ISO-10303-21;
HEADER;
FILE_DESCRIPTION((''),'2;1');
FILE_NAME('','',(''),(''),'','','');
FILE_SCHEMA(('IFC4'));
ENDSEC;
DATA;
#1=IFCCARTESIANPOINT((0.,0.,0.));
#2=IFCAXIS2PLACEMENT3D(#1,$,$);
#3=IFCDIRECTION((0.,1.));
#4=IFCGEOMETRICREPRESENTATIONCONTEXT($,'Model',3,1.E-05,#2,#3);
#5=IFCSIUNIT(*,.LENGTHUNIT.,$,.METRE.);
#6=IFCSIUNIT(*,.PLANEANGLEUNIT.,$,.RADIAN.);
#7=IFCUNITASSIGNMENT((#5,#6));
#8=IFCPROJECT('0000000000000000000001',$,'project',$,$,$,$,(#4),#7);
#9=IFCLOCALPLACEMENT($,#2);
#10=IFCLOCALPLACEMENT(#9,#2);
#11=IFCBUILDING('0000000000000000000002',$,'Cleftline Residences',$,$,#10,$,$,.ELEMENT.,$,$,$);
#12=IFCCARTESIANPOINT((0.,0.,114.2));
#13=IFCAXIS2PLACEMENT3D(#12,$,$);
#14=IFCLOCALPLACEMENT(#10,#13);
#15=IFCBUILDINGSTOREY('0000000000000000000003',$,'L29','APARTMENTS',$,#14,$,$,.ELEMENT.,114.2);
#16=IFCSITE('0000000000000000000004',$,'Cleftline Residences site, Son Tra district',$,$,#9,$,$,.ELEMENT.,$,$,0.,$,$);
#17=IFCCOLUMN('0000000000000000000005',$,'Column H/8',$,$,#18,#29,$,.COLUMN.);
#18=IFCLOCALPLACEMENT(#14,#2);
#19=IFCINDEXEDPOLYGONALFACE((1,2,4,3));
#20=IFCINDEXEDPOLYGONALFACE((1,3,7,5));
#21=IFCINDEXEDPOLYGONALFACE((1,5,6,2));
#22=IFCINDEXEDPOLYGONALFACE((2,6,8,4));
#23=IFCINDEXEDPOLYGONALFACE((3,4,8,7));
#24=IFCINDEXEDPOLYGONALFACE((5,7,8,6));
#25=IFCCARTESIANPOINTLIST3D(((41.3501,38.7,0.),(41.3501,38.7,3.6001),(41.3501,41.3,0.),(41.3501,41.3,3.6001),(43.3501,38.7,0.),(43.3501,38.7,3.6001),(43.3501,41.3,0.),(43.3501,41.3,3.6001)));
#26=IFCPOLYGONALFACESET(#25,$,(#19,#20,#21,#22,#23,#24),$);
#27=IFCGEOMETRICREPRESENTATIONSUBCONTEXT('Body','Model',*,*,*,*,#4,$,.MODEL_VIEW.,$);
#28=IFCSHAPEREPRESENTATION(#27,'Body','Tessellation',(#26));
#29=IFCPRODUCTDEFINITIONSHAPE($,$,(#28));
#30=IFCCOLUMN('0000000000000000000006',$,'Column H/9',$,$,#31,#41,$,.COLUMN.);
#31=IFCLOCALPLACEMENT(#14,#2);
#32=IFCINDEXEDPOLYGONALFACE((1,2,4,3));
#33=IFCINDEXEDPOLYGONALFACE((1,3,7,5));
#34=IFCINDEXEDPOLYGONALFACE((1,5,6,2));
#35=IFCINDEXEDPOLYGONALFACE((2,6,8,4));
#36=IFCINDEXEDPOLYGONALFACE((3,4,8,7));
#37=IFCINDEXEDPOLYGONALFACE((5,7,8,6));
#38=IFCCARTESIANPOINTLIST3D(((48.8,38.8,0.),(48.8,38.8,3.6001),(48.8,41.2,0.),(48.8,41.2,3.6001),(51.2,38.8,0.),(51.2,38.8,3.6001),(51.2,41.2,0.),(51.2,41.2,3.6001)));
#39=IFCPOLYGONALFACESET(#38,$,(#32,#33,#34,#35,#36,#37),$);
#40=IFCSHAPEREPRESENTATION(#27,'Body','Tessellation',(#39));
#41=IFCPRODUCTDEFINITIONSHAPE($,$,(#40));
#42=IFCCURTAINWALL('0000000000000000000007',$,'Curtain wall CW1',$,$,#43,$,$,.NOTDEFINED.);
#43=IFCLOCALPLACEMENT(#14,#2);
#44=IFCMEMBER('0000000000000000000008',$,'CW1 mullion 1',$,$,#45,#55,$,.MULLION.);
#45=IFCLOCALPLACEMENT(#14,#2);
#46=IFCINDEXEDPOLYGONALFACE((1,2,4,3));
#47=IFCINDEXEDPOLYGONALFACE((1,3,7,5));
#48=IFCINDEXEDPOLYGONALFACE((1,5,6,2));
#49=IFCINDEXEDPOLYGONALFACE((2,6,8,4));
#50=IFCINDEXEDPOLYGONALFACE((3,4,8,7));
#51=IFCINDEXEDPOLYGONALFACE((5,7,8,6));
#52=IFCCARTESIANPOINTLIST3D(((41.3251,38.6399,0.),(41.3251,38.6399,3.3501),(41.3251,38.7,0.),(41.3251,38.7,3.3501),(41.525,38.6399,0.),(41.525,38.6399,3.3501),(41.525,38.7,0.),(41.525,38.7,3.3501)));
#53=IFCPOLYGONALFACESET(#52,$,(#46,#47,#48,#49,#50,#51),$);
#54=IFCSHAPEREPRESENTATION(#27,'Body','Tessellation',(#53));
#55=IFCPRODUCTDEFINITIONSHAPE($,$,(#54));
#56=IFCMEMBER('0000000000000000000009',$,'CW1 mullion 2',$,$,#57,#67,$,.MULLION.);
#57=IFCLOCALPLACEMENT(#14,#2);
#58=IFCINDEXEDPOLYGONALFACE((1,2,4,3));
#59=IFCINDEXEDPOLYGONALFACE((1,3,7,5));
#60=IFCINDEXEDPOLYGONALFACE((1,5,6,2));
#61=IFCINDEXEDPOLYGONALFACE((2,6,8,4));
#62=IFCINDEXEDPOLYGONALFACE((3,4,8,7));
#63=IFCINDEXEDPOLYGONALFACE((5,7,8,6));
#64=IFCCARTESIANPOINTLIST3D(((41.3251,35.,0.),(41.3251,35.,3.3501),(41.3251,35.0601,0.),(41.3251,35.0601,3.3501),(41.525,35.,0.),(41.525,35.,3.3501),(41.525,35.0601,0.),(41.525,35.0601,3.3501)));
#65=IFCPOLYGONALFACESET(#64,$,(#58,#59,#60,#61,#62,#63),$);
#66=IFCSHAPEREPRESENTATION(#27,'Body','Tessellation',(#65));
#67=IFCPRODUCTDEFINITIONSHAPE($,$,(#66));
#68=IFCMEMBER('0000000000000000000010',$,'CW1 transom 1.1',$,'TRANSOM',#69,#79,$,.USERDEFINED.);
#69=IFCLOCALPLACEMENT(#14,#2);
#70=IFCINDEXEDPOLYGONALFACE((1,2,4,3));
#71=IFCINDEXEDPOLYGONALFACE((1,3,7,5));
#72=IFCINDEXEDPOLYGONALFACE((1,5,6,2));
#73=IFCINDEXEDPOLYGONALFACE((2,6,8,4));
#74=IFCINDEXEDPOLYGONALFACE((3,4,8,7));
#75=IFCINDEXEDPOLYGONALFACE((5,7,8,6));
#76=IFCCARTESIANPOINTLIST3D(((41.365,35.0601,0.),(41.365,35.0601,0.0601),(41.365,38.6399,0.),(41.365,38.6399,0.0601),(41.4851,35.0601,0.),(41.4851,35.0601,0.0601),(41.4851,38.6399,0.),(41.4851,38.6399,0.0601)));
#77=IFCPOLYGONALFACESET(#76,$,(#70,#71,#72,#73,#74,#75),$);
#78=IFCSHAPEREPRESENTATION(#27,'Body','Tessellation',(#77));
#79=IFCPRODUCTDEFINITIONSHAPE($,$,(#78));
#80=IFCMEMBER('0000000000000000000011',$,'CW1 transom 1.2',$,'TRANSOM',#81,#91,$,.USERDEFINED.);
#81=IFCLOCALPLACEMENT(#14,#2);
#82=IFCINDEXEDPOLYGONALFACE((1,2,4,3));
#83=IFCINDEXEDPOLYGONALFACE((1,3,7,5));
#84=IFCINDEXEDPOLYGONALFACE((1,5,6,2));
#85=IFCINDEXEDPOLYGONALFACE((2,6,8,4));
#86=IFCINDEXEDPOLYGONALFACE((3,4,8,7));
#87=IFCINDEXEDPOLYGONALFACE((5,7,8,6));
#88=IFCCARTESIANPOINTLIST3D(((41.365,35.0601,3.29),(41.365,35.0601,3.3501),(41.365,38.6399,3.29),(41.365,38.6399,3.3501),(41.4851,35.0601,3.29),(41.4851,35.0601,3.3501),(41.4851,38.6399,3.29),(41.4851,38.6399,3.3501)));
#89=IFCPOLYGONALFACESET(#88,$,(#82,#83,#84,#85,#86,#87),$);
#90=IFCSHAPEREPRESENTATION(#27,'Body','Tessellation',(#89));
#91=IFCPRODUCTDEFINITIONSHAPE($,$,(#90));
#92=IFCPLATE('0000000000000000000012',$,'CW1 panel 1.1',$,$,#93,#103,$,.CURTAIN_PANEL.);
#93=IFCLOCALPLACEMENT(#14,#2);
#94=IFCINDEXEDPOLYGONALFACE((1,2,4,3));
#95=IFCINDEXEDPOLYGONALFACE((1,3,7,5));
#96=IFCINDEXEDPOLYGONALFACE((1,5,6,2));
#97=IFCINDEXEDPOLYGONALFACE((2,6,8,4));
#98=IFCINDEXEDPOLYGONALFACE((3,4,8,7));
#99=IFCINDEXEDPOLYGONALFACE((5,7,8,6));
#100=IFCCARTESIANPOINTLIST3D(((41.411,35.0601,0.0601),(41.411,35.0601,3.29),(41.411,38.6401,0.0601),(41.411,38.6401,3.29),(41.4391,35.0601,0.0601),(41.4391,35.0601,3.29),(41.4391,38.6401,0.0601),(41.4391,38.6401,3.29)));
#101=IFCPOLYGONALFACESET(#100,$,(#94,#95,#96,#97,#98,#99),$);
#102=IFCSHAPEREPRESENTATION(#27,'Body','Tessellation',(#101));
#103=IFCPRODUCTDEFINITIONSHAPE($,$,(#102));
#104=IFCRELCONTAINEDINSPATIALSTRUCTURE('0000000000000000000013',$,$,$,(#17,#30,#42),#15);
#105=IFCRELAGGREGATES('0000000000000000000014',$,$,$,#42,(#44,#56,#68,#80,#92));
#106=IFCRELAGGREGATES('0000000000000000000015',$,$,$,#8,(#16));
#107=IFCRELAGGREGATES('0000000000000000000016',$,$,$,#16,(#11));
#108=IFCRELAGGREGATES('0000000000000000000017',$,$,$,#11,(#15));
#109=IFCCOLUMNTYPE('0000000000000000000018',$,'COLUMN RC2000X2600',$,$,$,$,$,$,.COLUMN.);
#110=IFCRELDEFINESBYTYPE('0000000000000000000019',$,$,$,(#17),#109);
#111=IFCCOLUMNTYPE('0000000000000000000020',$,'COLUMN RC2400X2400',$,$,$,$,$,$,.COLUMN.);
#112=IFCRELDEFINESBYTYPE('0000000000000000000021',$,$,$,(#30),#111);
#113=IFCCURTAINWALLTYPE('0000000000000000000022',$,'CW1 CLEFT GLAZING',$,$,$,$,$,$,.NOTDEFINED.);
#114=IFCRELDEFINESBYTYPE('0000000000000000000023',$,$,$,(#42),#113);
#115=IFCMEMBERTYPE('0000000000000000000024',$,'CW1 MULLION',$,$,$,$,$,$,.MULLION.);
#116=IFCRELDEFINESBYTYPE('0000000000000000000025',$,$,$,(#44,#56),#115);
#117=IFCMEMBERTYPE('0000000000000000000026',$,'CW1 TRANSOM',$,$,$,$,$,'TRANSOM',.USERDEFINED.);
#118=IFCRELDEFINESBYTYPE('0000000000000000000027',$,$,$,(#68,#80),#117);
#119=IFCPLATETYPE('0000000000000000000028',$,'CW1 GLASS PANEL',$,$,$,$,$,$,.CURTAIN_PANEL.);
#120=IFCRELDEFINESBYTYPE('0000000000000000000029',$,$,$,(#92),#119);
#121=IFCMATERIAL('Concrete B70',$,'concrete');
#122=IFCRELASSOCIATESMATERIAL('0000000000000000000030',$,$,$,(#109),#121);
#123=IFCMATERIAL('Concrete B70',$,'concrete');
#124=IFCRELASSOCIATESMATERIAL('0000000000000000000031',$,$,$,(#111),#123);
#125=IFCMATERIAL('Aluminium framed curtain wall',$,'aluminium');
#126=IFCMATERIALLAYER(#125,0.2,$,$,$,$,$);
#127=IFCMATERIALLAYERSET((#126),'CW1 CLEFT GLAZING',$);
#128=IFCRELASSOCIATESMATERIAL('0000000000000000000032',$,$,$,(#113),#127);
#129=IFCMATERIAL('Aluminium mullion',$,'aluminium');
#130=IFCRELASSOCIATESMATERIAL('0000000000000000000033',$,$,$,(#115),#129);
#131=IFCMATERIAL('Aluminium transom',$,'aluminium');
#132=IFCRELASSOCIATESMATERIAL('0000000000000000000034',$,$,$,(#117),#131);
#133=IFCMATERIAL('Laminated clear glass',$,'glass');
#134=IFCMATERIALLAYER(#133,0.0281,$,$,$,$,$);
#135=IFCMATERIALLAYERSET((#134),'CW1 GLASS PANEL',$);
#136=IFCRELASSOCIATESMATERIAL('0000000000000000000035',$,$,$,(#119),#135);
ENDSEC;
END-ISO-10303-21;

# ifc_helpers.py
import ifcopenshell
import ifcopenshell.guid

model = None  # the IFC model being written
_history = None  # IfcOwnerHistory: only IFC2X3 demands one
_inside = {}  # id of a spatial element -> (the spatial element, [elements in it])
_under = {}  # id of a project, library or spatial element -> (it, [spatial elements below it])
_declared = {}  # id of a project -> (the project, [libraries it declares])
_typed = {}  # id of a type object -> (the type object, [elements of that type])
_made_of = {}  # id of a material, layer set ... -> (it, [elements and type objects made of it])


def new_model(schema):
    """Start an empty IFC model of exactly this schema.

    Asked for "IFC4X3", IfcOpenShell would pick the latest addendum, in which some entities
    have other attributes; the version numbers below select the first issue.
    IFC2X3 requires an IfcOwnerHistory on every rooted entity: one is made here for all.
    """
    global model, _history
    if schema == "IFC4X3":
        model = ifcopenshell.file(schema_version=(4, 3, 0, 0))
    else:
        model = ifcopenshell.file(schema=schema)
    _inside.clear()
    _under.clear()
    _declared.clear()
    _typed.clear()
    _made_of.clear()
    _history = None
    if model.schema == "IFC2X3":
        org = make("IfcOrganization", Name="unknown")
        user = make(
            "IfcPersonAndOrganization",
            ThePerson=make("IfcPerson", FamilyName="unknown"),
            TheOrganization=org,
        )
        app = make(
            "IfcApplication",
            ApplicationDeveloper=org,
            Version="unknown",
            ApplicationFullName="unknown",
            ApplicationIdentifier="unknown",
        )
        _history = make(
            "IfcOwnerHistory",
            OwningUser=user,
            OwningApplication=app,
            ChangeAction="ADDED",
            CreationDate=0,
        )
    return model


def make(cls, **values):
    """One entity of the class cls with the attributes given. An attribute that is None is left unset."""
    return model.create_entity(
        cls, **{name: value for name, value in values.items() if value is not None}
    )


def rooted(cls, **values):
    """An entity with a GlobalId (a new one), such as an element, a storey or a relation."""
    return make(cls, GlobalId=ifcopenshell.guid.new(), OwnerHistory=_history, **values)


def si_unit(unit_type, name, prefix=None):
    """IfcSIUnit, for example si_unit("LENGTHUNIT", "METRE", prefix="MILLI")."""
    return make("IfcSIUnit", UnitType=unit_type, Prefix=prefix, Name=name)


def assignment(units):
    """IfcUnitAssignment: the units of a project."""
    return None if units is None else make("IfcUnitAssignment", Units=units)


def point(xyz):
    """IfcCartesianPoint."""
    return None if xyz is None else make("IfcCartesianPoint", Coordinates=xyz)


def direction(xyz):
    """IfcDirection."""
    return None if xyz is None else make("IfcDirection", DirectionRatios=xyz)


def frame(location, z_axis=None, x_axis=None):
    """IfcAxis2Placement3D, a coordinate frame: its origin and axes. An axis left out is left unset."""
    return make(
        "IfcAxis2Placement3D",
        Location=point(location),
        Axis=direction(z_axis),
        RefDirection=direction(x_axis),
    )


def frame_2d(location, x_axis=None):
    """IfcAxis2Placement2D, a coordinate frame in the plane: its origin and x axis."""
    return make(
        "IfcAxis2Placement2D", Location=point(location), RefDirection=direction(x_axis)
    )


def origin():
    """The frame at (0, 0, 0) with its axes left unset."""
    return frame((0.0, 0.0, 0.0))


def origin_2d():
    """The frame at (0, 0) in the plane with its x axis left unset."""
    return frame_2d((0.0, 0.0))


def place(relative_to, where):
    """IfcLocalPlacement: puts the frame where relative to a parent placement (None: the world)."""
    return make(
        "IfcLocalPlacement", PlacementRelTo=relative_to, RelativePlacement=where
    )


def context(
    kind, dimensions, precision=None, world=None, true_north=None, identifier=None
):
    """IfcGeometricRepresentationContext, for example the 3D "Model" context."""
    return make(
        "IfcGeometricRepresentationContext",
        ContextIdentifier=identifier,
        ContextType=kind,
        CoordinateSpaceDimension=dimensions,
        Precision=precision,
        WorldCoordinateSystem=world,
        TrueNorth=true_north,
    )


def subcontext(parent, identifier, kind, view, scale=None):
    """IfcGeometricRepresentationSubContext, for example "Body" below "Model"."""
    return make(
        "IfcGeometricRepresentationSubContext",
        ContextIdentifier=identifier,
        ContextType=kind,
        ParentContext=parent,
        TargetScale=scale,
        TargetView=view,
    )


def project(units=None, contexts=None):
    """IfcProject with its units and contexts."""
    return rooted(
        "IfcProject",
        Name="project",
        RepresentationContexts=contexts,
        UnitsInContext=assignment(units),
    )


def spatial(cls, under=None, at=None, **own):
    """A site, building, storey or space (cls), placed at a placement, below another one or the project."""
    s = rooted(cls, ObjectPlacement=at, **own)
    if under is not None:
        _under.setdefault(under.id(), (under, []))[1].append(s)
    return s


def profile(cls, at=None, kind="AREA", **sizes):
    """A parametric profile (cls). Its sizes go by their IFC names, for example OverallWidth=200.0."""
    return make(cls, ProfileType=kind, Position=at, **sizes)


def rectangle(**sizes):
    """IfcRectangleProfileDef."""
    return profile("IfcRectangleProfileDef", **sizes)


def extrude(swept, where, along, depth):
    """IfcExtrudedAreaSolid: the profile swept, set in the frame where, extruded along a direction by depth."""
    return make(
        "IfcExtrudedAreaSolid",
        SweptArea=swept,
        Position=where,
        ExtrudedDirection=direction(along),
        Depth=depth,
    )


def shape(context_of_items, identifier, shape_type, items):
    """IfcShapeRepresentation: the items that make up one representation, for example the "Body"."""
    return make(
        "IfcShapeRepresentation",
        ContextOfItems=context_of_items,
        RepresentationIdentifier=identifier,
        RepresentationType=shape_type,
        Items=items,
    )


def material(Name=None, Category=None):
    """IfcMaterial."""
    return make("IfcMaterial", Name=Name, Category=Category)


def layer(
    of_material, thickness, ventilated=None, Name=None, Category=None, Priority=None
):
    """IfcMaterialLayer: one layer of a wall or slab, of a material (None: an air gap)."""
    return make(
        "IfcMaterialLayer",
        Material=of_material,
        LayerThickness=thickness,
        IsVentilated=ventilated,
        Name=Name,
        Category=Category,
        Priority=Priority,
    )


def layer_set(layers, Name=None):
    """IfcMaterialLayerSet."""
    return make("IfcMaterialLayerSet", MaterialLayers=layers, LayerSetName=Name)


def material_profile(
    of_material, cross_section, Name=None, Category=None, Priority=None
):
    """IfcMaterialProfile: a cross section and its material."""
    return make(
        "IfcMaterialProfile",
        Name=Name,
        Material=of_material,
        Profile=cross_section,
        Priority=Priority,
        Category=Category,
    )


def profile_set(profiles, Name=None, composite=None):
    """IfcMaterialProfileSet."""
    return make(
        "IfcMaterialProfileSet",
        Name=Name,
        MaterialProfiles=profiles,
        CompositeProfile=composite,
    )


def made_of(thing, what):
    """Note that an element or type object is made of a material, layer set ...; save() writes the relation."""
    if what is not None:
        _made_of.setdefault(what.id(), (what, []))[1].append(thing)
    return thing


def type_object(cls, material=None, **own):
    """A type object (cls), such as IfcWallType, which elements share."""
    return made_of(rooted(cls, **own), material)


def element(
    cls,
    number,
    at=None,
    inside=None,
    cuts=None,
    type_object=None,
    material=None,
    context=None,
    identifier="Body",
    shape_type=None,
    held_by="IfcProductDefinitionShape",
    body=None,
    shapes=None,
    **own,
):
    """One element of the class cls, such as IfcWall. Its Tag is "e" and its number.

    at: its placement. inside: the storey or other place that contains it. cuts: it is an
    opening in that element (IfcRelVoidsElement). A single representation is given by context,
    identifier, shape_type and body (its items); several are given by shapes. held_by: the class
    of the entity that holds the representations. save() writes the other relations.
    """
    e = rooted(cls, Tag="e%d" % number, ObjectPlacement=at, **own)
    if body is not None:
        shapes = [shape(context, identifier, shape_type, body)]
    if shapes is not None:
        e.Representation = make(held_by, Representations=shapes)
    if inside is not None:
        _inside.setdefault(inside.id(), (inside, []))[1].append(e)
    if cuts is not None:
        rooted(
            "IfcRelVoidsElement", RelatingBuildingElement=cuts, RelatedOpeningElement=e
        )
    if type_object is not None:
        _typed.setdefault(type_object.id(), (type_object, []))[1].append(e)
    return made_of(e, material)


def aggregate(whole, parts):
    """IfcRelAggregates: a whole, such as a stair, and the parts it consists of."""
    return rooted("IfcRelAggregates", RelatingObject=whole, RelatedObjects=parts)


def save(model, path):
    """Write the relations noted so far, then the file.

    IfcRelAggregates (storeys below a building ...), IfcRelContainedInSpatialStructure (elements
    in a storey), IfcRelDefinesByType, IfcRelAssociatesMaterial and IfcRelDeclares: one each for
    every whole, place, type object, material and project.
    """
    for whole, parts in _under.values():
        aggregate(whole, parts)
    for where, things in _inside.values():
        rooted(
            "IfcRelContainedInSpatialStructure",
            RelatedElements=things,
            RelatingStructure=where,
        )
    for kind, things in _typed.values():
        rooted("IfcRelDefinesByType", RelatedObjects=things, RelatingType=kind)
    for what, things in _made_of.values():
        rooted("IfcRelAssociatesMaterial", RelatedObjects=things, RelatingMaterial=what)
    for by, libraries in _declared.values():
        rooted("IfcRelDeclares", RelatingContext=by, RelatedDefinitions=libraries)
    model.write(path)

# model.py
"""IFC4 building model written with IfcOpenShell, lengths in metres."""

from ifc_helpers import new_model, si_unit, direction, frame, origin, origin_2d, place, context, subcontext, project, spatial, rectangle, extrude, material, layer, layer_set, material_profile, profile_set, type_object, element, aggregate, save


model = new_model("IFC4")

# Units and contexts
model_context = context("Model", 3, precision=1e-05, world=origin(), true_north=direction((0.0, 1.0)))
body_context = subcontext(model_context, "Body", "Model", "MODEL_VIEW")
ifc_project = project(units=[si_unit("LENGTHUNIT", "METRE"), si_unit("PLANEANGLEUNIT", "RADIAN")], contexts=[model_context])

# Site, building, storey
site_placement = place(None, origin())
site = spatial("IfcSite", under=ifc_project, at=site_placement, Name="Cleftline Residences site, Son Tra district", CompositionType="ELEMENT", RefElevation=0.0)
building_placement = place(site_placement, origin())
building = spatial("IfcBuilding", under=site, at=building_placement, Name="Cleftline Residences", CompositionType="ELEMENT")
storey_placement = place(building_placement, frame((0.0, 0.0, 114.2)))
storey = spatial("IfcBuildingStorey", under=building, at=storey_placement, Name="L29", Description="APARTMENTS", CompositionType="ELEMENT", Elevation=114.2)

# Columns
ifc_material_1 = material(Name="Concrete B70", Category="concrete")
ifc_material_profile_1 = material_profile(ifc_material_1, rectangle(XDim=2.0, YDim=2.6001, at=origin_2d()))
ifc_profile_set_1 = profile_set([ifc_material_profile_1], Name="Concrete B70")
column_type_1 = type_object("IfcColumnType", Name="COLUMN RC2000X2600", PredefinedType="COLUMN", material=ifc_profile_set_1)
column_1_placement = place(storey_placement, frame((42.3501, 40.0, 0.0), z_axis=(0.0, 0.0, 1.0), x_axis=(1.0, 0.0, 0.0)))
element("IfcColumn", 1, at=column_1_placement, inside=storey, type_object=column_type_1, Name="Column H/8", PredefinedType="COLUMN", context=body_context, shape_type="SweptSolid", body=[
    extrude(rectangle(XDim=2.0, YDim=2.6001, at=origin_2d()), origin(), (0.0, 0.0, 1.0), 3.6001),
])
ifc_material_2 = material(Name="Concrete B70", Category="concrete")
ifc_material_profile_2 = material_profile(ifc_material_2, rectangle(XDim=2.3999, YDim=2.3999, at=origin_2d()))
ifc_profile_set_2 = profile_set([ifc_material_profile_2], Name="Concrete B70")
column_type_2 = type_object("IfcColumnType", Name="COLUMN RC2400X2400", PredefinedType="COLUMN", material=ifc_profile_set_2)
column_2_placement = place(storey_placement, frame((50.0, 40.0, 0.0), z_axis=(0.0, 0.0, 1.0), x_axis=(1.0, 0.0, 0.0)))
element("IfcColumn", 2, at=column_2_placement, inside=storey, type_object=column_type_2, Name="Column H/9", PredefinedType="COLUMN", context=body_context, shape_type="SweptSolid", body=[
    extrude(rectangle(XDim=2.3999, YDim=2.3999, at=origin_2d()), origin(), (0.0, 0.0, 1.0), 3.6001),
])

# Curtain wall, members, plate
ifc_material_3 = material(Name="Aluminium framed curtain wall", Category="aluminium")
ifc_layer_1 = layer(ifc_material_3, 0.2)
ifc_layer_set_1 = layer_set([ifc_layer_1], Name="CW1 CLEFT GLAZING")
curtain_wall_type = type_object("IfcCurtainWallType", Name="CW1 CLEFT GLAZING", PredefinedType="NOTDEFINED", material=ifc_layer_set_1)
curtain_wall_placement = place(storey_placement, origin())
curtain_wall = element("IfcCurtainWall", 3, at=curtain_wall_placement, inside=storey, type_object=curtain_wall_type, Name="Curtain wall CW1", PredefinedType="NOTDEFINED")
ifc_material_4 = material(Name="Aluminium mullion", Category="aluminium")
ifc_material_profile_3 = material_profile(ifc_material_4, rectangle(XDim=0.2, YDim=0.0601, at=origin_2d()))
ifc_profile_set_3 = profile_set([ifc_material_profile_3], Name="Aluminium mullion")
member_type_1 = type_object("IfcMemberType", Name="CW1 MULLION", PredefinedType="MULLION", material=ifc_profile_set_3)
member_1_placement = place(storey_placement, frame((41.425, 38.6699, 0.0), z_axis=(0.0, 0.0, 1.0), x_axis=(1.0, 0.0, 0.0)))
member_1 = element("IfcMember", 4, at=member_1_placement, type_object=member_type_1, Name="CW1 mullion 1", PredefinedType="MULLION", context=body_context, shape_type="SweptSolid", body=[
    extrude(rectangle(XDim=0.2, YDim=0.0601, at=origin_2d()), origin(), (0.0, 0.0, 1.0), 3.3501),
])
member_2_placement = place(storey_placement, frame((41.425, 35.03, 0.0), z_axis=(0.0, 0.0, 1.0), x_axis=(1.0, 0.0, 0.0)))
member_2 = element("IfcMember", 5, at=member_2_placement, type_object=member_type_1, Name="CW1 mullion 2", PredefinedType="MULLION", context=body_context, shape_type="SweptSolid", body=[
    extrude(rectangle(XDim=0.2, YDim=0.0601, at=origin_2d()), origin(), (0.0, 0.0, 1.0), 3.3501),
])
ifc_material_5 = material(Name="Aluminium transom", Category="aluminium")
ifc_material_profile_4 = material_profile(ifc_material_5, rectangle(XDim=0.1201, YDim=0.0601, at=origin_2d()))
ifc_profile_set_4 = profile_set([ifc_material_profile_4], Name="Aluminium transom")
member_type_2 = type_object("IfcMemberType", Name="CW1 TRANSOM", ElementType="TRANSOM", PredefinedType="USERDEFINED", material=ifc_profile_set_4)
member_3_placement = place(storey_placement, frame((41.425, 38.6399, 0.03), z_axis=(0.0, -1.0, 0.0), x_axis=(1.0, 0.0, 0.0)))
member_3 = element("IfcMember", 6, at=member_3_placement, type_object=member_type_2, Name="CW1 transom 1.1", ObjectType="TRANSOM", PredefinedType="USERDEFINED", context=body_context, shape_type="SweptSolid", body=[
    extrude(rectangle(XDim=0.1201, YDim=0.0601, at=origin_2d()), origin(), (0.0, 0.0, 1.0), 3.5798),
])
member_4_placement = place(storey_placement, frame((41.425, 38.6399, 3.3201), z_axis=(0.0, -1.0, 0.0), x_axis=(1.0, 0.0, 0.0)))
member_4 = element("IfcMember", 7, at=member_4_placement, type_object=member_type_2, Name="CW1 transom 1.2", ObjectType="TRANSOM", PredefinedType="USERDEFINED", context=body_context, shape_type="SweptSolid", body=[
    extrude(rectangle(XDim=0.1201, YDim=0.0601, at=origin_2d()), origin(), (0.0, 0.0, 1.0), 3.5798),
])
ifc_material_6 = material(Name="Laminated clear glass", Category="glass")
ifc_layer_2 = layer(ifc_material_6, 0.0281)
ifc_layer_set_2 = layer_set([ifc_layer_2], Name="CW1 GLASS PANEL")
plate_type = type_object("IfcPlateType", Name="CW1 GLASS PANEL", PredefinedType="CURTAIN_PANEL", material=ifc_layer_set_2)
plate_placement = place(storey_placement, frame((41.425, 36.8501, 0.0601), z_axis=(0.0, 0.0, 1.0), x_axis=(0.0, -1.0, 0.0)))
plate = element("IfcPlate", 8, at=plate_placement, type_object=plate_type, Name="CW1 panel 1.1", PredefinedType="CURTAIN_PANEL", context=body_context, shape_type="SweptSolid", body=[
    extrude(rectangle(XDim=3.5801, YDim=0.0281, at=origin_2d()), origin(), (0.0, 0.0, 1.0), 3.23),
])
aggregate(curtain_wall, [member_1, member_2, member_3, member_4, plate])

save(model, "model.ifc")
